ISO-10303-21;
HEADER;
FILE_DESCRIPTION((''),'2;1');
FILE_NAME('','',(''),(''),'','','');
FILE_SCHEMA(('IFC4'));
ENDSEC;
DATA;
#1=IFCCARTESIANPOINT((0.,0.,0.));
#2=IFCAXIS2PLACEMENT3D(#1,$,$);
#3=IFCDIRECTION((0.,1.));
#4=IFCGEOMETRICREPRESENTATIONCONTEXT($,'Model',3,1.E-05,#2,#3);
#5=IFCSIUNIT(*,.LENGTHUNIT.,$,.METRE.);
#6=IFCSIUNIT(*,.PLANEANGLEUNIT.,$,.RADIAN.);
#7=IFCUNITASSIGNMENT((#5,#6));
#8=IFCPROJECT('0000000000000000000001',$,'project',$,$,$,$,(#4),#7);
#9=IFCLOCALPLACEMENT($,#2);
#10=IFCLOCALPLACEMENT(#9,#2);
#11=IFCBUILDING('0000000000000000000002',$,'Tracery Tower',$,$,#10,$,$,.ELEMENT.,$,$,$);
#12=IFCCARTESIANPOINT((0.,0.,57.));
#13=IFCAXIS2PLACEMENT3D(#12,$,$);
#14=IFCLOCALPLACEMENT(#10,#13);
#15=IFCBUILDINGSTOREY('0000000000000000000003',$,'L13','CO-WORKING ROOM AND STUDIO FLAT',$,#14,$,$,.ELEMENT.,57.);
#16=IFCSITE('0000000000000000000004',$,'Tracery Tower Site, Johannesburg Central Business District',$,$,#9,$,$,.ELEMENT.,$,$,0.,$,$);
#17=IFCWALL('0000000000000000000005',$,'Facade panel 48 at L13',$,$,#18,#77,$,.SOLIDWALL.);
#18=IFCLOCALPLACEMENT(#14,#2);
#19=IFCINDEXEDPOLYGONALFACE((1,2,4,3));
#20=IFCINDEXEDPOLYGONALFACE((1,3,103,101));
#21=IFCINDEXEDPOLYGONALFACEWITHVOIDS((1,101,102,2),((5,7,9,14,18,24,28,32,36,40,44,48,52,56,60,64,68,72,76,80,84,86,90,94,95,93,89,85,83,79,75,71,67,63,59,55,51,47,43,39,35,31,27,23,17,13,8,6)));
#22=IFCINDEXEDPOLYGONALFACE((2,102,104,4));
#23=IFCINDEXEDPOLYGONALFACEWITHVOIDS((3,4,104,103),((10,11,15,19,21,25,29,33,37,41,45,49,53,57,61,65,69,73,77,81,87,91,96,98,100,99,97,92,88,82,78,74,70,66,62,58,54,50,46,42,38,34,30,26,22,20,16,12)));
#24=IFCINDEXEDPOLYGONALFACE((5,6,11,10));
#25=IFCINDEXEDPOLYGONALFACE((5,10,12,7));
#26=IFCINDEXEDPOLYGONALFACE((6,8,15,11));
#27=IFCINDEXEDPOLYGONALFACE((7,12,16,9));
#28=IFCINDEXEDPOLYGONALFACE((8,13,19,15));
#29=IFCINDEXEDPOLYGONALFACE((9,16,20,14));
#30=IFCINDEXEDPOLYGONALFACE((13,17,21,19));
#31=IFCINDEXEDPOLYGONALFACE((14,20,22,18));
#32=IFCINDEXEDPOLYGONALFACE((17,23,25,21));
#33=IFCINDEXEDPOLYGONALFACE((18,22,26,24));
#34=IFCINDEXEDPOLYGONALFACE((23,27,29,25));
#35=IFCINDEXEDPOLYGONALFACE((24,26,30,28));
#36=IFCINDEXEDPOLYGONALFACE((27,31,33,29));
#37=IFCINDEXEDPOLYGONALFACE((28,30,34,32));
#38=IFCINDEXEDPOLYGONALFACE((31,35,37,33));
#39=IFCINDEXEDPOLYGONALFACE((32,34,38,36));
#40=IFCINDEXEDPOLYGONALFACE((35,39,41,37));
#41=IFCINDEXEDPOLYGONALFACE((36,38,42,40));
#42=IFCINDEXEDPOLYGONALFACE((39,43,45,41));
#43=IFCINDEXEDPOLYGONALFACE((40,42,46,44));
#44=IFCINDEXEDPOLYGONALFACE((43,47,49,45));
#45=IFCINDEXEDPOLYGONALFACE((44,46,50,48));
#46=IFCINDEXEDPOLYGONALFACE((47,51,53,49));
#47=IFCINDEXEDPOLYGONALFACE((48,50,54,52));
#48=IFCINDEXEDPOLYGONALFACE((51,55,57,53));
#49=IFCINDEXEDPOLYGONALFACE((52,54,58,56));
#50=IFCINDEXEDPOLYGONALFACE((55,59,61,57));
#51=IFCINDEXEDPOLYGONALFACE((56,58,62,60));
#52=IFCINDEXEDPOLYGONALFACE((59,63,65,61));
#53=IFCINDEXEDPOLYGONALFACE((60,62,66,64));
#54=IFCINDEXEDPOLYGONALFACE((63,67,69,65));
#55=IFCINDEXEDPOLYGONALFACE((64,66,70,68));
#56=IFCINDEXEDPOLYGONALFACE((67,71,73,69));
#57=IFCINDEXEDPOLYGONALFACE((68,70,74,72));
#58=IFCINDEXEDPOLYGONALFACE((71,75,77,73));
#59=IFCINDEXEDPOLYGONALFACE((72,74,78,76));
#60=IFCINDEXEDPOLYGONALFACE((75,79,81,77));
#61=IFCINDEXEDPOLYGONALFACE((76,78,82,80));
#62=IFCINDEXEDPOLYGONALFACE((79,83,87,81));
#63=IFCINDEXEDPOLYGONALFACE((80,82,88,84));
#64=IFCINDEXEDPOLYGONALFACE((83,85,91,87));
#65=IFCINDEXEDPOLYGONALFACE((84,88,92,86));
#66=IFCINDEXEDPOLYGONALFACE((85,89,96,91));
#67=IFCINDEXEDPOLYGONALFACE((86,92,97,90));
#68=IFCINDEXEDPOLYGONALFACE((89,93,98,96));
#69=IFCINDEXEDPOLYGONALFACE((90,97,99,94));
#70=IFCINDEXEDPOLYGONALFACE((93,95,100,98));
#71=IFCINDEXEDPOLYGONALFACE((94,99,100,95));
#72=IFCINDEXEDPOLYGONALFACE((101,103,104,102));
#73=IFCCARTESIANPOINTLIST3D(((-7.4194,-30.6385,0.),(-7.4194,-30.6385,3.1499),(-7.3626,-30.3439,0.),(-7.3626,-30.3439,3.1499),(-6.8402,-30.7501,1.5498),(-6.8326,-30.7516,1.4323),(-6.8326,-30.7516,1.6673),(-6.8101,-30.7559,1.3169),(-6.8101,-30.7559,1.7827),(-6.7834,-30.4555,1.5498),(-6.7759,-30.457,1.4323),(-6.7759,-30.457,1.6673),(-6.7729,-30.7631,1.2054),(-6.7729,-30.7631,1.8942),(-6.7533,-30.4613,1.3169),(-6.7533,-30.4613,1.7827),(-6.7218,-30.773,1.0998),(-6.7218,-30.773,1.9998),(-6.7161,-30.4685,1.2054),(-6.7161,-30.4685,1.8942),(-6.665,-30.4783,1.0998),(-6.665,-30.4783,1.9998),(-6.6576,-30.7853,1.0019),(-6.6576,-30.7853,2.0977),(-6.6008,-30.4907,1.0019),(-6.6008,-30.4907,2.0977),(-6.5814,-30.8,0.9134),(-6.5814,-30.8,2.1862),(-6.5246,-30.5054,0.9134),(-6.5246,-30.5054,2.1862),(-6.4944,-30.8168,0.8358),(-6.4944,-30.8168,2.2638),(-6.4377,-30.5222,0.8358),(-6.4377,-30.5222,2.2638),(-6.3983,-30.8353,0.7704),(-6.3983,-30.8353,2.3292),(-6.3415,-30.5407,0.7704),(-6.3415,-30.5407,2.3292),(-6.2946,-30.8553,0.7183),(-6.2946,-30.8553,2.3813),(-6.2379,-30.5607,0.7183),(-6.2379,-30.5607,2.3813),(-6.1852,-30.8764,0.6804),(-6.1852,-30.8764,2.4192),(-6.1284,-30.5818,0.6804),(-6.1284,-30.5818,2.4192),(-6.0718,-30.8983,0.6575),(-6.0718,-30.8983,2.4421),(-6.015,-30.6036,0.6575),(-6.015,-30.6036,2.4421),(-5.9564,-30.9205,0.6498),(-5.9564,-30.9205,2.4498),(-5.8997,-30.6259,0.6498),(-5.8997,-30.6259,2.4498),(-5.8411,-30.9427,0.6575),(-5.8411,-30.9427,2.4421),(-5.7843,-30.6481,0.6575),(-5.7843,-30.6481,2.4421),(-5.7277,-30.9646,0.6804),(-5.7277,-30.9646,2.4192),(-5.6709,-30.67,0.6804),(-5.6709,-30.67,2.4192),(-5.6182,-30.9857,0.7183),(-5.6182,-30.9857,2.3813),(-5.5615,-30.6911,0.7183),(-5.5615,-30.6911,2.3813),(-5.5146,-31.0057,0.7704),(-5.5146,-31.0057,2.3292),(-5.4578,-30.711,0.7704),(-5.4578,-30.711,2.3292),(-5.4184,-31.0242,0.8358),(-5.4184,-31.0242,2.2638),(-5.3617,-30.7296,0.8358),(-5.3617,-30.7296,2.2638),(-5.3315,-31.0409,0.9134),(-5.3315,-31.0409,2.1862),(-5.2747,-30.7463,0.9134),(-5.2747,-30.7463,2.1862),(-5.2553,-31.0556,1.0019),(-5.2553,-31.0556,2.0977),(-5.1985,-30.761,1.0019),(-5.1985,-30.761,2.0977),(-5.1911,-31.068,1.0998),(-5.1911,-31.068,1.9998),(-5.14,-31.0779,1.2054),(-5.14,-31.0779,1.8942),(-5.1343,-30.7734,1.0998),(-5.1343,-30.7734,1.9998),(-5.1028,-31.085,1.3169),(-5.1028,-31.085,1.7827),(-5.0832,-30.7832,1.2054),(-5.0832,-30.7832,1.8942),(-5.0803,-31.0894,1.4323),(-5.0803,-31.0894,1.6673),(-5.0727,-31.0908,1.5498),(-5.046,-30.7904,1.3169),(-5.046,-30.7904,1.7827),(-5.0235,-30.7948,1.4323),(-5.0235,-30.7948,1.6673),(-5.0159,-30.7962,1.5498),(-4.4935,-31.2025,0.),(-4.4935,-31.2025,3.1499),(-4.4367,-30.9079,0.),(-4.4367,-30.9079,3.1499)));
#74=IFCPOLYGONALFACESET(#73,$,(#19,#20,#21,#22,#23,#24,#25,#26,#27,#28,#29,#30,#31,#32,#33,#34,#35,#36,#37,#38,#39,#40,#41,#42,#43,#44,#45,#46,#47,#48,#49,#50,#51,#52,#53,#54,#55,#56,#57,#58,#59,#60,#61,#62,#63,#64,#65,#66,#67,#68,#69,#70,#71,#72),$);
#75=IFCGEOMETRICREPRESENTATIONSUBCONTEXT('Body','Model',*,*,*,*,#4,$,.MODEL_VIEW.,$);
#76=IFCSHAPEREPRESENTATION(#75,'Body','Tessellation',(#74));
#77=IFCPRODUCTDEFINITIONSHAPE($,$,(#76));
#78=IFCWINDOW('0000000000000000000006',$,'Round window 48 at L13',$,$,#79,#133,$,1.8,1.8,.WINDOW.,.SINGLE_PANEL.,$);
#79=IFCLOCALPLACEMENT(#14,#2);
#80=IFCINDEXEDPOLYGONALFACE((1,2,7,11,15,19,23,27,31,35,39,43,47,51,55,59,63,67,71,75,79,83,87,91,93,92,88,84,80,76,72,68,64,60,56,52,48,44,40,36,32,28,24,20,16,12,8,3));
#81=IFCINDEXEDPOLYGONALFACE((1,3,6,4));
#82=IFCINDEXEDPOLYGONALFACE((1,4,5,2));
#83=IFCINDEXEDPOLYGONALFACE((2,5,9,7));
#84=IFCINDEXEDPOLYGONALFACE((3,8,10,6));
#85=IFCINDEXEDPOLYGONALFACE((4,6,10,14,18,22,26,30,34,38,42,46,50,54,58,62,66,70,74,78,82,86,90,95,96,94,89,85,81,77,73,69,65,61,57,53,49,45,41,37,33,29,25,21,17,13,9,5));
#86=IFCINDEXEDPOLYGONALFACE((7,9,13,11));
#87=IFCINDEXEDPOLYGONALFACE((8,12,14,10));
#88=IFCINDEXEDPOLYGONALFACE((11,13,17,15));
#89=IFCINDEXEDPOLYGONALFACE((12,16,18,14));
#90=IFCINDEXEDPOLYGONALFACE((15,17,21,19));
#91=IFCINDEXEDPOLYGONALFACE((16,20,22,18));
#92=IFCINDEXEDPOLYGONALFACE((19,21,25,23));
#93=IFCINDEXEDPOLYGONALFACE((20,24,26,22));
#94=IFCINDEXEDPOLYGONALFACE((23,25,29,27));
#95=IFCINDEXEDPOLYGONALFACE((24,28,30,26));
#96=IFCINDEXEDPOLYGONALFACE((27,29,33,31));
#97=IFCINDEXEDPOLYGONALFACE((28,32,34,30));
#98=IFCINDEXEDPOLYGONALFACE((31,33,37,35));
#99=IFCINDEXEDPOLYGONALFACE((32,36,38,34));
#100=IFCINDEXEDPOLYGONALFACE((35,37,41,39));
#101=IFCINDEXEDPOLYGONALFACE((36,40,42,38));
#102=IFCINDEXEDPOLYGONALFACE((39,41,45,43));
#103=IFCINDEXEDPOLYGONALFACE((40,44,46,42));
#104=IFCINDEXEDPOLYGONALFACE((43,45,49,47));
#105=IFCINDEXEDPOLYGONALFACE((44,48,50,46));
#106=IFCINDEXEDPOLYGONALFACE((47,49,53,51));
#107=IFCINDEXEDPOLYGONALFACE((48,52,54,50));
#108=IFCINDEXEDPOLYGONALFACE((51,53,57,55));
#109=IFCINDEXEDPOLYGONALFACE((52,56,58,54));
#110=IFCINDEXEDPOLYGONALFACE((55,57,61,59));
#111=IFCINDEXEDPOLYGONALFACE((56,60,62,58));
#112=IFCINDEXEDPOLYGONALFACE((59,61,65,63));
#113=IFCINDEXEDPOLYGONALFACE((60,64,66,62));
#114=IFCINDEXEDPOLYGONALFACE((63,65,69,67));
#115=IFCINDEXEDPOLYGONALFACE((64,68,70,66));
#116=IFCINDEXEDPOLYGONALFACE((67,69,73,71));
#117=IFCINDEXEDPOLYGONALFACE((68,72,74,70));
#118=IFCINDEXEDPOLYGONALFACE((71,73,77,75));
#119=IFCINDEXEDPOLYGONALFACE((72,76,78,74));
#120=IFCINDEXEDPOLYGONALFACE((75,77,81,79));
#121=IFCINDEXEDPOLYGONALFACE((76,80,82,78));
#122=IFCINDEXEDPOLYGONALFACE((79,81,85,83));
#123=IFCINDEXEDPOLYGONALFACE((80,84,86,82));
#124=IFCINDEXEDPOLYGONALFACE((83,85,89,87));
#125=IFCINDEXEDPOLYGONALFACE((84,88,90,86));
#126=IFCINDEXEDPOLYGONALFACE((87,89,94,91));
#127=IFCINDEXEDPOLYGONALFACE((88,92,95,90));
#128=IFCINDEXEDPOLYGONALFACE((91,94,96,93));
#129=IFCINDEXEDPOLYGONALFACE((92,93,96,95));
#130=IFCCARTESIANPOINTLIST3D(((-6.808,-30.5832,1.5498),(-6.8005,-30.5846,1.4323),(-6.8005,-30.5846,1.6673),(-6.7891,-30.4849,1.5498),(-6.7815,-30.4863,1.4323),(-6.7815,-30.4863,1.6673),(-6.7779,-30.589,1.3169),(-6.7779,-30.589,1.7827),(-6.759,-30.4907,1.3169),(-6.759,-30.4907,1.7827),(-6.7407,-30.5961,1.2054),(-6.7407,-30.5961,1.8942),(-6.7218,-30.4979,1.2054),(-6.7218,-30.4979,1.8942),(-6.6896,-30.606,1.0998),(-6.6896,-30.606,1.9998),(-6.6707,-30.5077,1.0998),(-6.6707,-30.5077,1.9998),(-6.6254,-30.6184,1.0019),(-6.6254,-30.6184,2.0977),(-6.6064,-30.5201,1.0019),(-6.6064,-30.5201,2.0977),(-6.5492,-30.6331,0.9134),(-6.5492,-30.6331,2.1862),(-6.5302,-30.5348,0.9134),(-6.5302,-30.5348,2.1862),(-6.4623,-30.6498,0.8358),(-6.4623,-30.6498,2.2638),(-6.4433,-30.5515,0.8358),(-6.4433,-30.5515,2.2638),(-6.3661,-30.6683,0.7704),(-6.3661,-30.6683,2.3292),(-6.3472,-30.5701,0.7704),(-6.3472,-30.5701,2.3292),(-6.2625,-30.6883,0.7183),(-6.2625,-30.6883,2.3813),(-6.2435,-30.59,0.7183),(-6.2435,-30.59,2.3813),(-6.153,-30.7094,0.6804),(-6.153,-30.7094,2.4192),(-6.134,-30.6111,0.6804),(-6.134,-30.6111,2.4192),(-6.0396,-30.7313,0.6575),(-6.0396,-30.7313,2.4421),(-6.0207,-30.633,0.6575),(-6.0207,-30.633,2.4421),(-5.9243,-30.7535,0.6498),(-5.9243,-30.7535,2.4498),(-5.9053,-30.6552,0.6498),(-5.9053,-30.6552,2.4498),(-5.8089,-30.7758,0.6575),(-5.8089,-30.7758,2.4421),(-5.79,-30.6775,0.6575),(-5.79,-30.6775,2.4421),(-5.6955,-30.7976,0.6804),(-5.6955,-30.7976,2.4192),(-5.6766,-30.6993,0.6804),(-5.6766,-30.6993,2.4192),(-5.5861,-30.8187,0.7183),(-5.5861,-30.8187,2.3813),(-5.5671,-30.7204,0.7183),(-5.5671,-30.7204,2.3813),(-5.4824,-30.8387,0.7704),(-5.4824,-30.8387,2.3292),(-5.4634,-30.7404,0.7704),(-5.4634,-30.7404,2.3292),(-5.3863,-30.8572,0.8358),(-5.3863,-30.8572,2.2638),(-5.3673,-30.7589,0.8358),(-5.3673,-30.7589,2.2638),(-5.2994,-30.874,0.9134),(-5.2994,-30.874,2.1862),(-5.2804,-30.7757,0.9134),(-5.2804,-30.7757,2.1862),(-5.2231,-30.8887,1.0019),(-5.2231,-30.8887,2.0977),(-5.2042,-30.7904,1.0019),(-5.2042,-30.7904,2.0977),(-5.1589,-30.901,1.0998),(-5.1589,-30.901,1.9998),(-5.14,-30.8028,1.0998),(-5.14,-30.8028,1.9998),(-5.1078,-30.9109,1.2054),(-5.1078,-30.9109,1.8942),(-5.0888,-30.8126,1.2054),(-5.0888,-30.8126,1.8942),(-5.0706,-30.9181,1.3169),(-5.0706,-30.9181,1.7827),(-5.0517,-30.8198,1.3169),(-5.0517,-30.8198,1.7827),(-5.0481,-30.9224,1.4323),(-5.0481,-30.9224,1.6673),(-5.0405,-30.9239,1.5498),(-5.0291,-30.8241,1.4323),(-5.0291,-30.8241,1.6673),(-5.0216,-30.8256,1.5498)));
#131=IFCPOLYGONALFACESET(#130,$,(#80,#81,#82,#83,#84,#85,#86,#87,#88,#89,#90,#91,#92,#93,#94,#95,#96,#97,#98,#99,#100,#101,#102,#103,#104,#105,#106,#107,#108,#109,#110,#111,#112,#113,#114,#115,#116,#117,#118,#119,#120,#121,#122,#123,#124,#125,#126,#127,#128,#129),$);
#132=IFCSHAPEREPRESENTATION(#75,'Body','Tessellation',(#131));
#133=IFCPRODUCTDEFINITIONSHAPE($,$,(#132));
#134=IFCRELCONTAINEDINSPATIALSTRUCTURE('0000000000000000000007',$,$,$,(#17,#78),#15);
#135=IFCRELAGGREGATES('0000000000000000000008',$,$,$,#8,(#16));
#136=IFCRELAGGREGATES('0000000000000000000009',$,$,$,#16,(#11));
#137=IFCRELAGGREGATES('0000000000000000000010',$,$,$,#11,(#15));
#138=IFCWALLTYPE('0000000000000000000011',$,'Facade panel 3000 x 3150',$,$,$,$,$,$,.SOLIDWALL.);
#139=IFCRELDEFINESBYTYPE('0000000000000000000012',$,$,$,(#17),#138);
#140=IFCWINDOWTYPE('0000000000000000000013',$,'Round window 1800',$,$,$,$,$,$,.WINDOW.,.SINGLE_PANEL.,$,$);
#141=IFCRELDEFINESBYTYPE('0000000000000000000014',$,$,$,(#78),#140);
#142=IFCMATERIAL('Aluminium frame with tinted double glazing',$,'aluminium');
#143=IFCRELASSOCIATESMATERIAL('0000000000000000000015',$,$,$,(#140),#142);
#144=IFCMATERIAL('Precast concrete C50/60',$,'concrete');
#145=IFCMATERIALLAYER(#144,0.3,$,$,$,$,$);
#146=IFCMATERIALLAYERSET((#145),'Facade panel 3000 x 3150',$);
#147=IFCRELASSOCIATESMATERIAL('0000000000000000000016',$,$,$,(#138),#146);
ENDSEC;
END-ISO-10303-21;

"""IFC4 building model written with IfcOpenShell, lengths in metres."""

from ifc_helpers import new_model, si_unit, direction, frame, frame_2d, origin, origin_2d, place, context, subcontext, project, spatial, rectangle, circle, extrude, material, layer, layer_set, type_object, element, fill, save


model = new_model("IFC4")

# Units and contexts
model_context = context("Model", 3, precision=1e-05, world=origin(), true_north=direction((0.0, 1.0)))
body_context = subcontext(model_context, "Body", "Model", "MODEL_VIEW")
ifc_project = project(units=[si_unit("LENGTHUNIT", "METRE"), si_unit("PLANEANGLEUNIT", "RADIAN")], contexts=[model_context])

# Site, building, storey
site_placement = place(None, origin())
site = spatial("IfcSite", under=ifc_project, at=site_placement, Name="Tracery Tower Site, Johannesburg Central Business District", CompositionType="ELEMENT", RefElevation=0.0)
building_placement = place(site_placement, origin())
building = spatial("IfcBuilding", under=site, at=building_placement, Name="Tracery Tower", CompositionType="ELEMENT")
storey_placement = place(building_placement, frame((0.0, 0.0, 57.0)))
storey = spatial("IfcBuildingStorey", under=building, at=storey_placement, Name="L13", Description="CO-WORKING ROOM AND STUDIO FLAT", CompositionType="ELEMENT", Elevation=57.0)

# Wall, opening, window
ifc_material_1 = material(Name="Aluminium frame with tinted double glazing", Category="aluminium")
window_type = type_object("IfcWindowType", Name="Round window 1800", PartitioningType="SINGLE_PANEL", PredefinedType="WINDOW", material=ifc_material_1)
ifc_material_2 = material(Name="Precast concrete C50/60", Category="concrete")
ifc_layer_1 = layer(ifc_material_2, 0.3)
ifc_layer_set_1 = layer_set([ifc_layer_1], Name="Facade panel 3000 x 3150")
wall_type_1 = type_object("IfcWallType", Name="Facade panel 3000 x 3150", PredefinedType="SOLIDWALL", material=ifc_layer_set_1)
wall_1_placement = place(storey_placement, frame((-7.3909, -30.4912, 0.0), z_axis=(0.0, 0.0, 1.0), x_axis=(0.981925, -0.189273, 0.0)))
wall_1 = element("IfcWall", 1, at=wall_1_placement, inside=storey, type_object=wall_type_1, Name="Facade panel 48 at L13", PredefinedType="SOLIDWALL", context=body_context, shape_type="SweptSolid", body=[
    extrude(rectangle(XDim=2.9797, YDim=0.3, at=frame_2d((1.4897, 0.0))), origin(), (0.0, 0.0, 1.0), 3.1499),
])
opening_1_placement = place(wall_1_placement, frame((1.4897, 0.0, 1.5498)))
opening_1 = element("IfcOpeningElement", 2, at=opening_1_placement, cuts=wall_1, PredefinedType="OPENING", context=body_context, shape_type="SweptSolid", body=[
    extrude(circle(Radius=0.9, at=origin_2d()), frame((0.0, 0.1599, 0.0), z_axis=(0.0, -1.0, 0.0), x_axis=(1.0, 0.0, 0.0)), (0.0, 0.0, 1.0), 0.3201),
])
window_1_placement = place(opening_1_placement, origin())
window_1 = element("IfcWindow", 3, at=window_1_placement, inside=storey, type_object=window_type, Name="Round window 48 at L13", OverallHeight=1.8, OverallWidth=1.8, PartitioningType="SINGLE_PANEL", PredefinedType="WINDOW", context=body_context, shape_type="SweptSolid", body=[
    extrude(circle(Radius=0.9, at=origin_2d()), frame((0.0, 0.1201, 0.0), z_axis=(0.0, -1.0, 0.0), x_axis=(1.0, 0.0, 0.0)), (0.0, 0.0, 1.0), 0.1001),
])
fill(opening_1, window_1)

save(model, "model.ifc")
